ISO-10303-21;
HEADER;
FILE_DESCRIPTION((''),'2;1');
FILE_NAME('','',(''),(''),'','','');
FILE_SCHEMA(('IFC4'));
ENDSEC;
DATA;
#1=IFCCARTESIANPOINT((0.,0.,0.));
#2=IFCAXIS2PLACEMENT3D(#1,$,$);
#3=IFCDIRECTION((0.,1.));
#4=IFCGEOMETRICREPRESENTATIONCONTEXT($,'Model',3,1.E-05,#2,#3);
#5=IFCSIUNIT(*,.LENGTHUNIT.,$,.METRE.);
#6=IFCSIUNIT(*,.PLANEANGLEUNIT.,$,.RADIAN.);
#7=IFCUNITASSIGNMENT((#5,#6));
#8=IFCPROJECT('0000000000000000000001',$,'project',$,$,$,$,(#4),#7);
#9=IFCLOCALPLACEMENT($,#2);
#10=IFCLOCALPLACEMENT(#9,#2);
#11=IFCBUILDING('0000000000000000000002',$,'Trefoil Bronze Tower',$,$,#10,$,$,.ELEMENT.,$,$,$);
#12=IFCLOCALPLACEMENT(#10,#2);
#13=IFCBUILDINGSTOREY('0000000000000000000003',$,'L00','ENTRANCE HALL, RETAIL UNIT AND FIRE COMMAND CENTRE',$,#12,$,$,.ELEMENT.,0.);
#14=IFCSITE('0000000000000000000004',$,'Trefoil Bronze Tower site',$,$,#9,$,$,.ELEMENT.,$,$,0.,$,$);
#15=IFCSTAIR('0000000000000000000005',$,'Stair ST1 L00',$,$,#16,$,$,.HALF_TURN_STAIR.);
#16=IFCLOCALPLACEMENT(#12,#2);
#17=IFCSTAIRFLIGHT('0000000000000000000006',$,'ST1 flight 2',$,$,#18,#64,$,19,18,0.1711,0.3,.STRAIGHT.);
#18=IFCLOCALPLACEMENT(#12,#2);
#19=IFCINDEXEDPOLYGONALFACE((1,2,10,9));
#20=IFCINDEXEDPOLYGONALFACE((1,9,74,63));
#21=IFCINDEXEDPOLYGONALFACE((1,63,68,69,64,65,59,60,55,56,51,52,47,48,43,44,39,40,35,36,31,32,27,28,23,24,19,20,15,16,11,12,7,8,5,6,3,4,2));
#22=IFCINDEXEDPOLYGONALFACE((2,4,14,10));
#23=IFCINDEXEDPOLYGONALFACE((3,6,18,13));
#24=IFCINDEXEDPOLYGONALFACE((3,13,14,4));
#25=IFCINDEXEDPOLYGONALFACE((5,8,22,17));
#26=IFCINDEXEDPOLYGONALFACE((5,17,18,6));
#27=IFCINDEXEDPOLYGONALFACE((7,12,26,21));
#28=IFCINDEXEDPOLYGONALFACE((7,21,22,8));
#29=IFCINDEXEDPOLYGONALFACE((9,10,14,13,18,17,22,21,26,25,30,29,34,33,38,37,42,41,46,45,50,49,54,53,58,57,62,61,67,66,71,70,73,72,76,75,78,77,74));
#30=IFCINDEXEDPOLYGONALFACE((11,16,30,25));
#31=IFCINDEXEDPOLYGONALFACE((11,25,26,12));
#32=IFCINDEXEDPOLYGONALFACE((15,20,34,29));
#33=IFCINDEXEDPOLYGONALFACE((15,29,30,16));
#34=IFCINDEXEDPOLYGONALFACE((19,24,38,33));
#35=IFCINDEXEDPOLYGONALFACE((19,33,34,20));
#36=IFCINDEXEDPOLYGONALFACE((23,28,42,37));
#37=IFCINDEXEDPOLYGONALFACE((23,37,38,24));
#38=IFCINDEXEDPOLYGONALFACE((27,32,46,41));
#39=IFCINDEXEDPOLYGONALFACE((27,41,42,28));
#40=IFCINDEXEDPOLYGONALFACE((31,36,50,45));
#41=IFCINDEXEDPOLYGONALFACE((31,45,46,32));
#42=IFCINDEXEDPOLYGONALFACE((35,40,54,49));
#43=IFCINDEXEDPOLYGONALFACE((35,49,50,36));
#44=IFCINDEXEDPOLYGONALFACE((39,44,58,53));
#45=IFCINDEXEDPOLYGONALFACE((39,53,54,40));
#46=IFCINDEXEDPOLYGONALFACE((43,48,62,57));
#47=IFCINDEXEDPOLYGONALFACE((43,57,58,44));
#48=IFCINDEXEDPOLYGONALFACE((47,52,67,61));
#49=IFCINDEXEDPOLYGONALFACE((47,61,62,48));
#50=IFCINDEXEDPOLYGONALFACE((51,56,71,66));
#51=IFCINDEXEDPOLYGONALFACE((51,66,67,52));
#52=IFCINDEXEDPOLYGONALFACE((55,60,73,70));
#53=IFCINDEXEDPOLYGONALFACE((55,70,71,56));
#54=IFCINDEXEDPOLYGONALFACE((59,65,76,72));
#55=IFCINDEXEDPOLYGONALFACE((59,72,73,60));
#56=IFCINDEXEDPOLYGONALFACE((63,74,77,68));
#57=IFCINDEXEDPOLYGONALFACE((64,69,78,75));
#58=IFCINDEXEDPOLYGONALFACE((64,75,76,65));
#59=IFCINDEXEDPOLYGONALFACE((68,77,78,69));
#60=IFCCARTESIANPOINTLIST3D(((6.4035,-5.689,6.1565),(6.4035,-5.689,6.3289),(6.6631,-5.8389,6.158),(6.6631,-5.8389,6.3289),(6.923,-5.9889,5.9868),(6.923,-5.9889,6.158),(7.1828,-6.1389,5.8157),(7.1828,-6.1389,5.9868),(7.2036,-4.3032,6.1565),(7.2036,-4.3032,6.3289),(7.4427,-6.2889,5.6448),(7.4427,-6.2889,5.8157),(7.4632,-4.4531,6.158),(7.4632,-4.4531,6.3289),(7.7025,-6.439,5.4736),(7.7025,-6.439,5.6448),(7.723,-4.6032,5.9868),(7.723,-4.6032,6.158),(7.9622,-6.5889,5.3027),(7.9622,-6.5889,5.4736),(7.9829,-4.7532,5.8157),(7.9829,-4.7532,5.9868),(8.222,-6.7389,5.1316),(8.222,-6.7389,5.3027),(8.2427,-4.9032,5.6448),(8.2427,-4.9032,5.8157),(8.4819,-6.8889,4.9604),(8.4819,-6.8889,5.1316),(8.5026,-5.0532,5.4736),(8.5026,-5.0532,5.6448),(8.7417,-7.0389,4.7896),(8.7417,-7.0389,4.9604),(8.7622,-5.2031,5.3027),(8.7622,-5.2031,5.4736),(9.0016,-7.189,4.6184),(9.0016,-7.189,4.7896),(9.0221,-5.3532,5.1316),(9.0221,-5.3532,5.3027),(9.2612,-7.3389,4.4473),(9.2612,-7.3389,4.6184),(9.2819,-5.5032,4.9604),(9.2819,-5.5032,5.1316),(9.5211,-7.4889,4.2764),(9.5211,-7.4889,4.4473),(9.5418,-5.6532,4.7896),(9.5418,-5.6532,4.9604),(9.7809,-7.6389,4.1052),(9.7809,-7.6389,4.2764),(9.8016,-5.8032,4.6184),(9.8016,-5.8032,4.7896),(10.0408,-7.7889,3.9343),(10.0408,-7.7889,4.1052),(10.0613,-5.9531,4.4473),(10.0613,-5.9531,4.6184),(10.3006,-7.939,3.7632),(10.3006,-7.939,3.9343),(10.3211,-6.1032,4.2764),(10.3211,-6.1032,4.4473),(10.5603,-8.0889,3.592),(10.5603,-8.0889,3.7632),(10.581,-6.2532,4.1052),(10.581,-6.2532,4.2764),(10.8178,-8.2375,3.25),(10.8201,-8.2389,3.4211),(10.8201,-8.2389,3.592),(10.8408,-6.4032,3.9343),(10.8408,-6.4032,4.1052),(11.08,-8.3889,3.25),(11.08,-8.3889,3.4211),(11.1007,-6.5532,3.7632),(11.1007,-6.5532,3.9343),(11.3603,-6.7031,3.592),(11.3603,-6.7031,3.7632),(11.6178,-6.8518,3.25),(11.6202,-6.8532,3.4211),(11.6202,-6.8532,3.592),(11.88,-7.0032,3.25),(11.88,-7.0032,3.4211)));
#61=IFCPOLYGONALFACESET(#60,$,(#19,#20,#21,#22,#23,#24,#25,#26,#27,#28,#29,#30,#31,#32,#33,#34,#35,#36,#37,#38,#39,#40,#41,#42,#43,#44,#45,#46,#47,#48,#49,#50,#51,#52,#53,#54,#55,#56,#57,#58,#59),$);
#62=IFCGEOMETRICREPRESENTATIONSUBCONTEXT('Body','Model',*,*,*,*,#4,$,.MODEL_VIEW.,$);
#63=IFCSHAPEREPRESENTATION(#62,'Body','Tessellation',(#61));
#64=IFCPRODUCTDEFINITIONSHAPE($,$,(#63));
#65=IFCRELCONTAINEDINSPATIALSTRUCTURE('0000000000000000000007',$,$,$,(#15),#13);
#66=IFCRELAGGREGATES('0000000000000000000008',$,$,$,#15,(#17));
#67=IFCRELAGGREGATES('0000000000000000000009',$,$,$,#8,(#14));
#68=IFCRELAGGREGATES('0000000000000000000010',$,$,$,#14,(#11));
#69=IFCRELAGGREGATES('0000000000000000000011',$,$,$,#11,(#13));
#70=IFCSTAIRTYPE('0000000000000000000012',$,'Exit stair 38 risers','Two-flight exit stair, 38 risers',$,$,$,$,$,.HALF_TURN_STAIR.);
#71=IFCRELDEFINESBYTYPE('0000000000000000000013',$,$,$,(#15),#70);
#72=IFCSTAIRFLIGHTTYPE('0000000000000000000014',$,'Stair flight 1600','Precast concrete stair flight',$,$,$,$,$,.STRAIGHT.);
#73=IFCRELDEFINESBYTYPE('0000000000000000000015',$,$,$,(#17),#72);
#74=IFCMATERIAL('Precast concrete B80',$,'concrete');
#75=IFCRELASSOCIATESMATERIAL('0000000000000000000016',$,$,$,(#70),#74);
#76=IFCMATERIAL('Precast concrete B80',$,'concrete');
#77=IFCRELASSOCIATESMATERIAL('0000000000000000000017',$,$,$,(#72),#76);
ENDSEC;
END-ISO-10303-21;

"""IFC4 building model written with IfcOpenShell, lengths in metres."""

from ifc_helpers import new_model, si_unit, direction, frame, origin, place, context, subcontext, project, spatial, polyline, outline, extrude, material, type_object, element, aggregate, save


model = new_model("IFC4")

# Units and contexts
model_context = context("Model", 3, precision=1e-05, world=origin(), true_north=direction((0.0, 1.0)))
body_context = subcontext(model_context, "Body", "Model", "MODEL_VIEW")
ifc_project = project(units=[si_unit("LENGTHUNIT", "METRE"), si_unit("PLANEANGLEUNIT", "RADIAN")], contexts=[model_context])

# Site, building, storey
site_placement = place(None, origin())
site = spatial("IfcSite", under=ifc_project, at=site_placement, Name="Trefoil Bronze Tower site", CompositionType="ELEMENT", RefElevation=0.0)
building_placement = place(site_placement, origin())
building = spatial("IfcBuilding", under=site, at=building_placement, Name="Trefoil Bronze Tower", CompositionType="ELEMENT")
storey_placement = place(building_placement, origin())
storey = spatial("IfcBuildingStorey", under=building, at=storey_placement, Name="L00", Description="ENTRANCE HALL, RETAIL UNIT AND FIRE COMMAND CENTRE", CompositionType="ELEMENT", Elevation=0.0)

# Stair, stair flight
ifc_material_1 = material(Name="Precast concrete B80", Category="concrete")
stair_type = type_object("IfcStairType", Name="Exit stair 38 risers", Description="Two-flight exit stair, 38 risers", PredefinedType="HALF_TURN_STAIR", material=ifc_material_1)
stair_placement = place(storey_placement, origin())
stair = element("IfcStair", 1, at=stair_placement, inside=storey, type_object=stair_type, Name="Stair ST1 L00", PredefinedType="HALF_TURN_STAIR")
ifc_material_2 = material(Name="Precast concrete B80", Category="concrete")
stair_flight_type = type_object("IfcStairFlightType", Name="Stair flight 1600", Description="Precast concrete stair flight", PredefinedType="STRAIGHT", material=ifc_material_2)
stair_flight_placement = place(storey_placement, frame((11.48, -7.696, 3.25), z_axis=(0.0, 0.0, 1.0), x_axis=(-0.866025, 0.5, 0.0)))
stair_flight = element("IfcStairFlight", 2, at=stair_flight_placement, type_object=stair_flight_type, Name="ST1 flight 2", NumberOfRisers=19, NumberOfTreads=18, PredefinedType="STRAIGHT", RiserHeight=0.1711, TreadLength=0.3, context=body_context, shape_type="SweptSolid", body=[
    extrude(outline(polyline([(0.0, 0.0), (0.0, 0.1711), (0.3, 0.1711), (0.3, 0.342), (0.6001, 0.342), (0.6001, 0.5132), (0.8999, 0.5132), (0.8999, 0.6843), (1.2, 0.6843), (1.2, 0.8552), (1.5, 0.8552), (1.5, 1.0264), (1.8, 1.0264), (1.8, 1.1973), (2.1001, 1.1973), (2.1001, 1.3684), (2.3999, 1.3684), (2.3999, 1.5396), (2.7, 1.5396), (2.7, 1.7104), (3.0, 1.7104), (3.0, 1.8816), (3.3, 1.8816), (3.3, 2.0527), (3.6001, 2.0527), (3.6001, 2.2236), (3.8999, 2.2236), (3.8999, 2.3948), (4.2, 2.3948), (4.2, 2.5657), (4.5, 2.5657), (4.5, 2.7368), (4.8, 2.7368), (4.8, 2.908), (5.1001, 2.908), (5.1001, 3.0789), (5.3999, 3.0789), (5.3999, 3.25), (5.3999, 2.9065), (0.3027, 0.0), (0.0, 0.0)])), frame((0.0, 0.8, 0.0), z_axis=(0.0, -1.0, 0.0), x_axis=(1.0, 0.0, 0.0)), (0.0, 0.0, 1.0), 1.6001),
])
aggregate(stair, [stair_flight])

save(model, "model.ifc")
